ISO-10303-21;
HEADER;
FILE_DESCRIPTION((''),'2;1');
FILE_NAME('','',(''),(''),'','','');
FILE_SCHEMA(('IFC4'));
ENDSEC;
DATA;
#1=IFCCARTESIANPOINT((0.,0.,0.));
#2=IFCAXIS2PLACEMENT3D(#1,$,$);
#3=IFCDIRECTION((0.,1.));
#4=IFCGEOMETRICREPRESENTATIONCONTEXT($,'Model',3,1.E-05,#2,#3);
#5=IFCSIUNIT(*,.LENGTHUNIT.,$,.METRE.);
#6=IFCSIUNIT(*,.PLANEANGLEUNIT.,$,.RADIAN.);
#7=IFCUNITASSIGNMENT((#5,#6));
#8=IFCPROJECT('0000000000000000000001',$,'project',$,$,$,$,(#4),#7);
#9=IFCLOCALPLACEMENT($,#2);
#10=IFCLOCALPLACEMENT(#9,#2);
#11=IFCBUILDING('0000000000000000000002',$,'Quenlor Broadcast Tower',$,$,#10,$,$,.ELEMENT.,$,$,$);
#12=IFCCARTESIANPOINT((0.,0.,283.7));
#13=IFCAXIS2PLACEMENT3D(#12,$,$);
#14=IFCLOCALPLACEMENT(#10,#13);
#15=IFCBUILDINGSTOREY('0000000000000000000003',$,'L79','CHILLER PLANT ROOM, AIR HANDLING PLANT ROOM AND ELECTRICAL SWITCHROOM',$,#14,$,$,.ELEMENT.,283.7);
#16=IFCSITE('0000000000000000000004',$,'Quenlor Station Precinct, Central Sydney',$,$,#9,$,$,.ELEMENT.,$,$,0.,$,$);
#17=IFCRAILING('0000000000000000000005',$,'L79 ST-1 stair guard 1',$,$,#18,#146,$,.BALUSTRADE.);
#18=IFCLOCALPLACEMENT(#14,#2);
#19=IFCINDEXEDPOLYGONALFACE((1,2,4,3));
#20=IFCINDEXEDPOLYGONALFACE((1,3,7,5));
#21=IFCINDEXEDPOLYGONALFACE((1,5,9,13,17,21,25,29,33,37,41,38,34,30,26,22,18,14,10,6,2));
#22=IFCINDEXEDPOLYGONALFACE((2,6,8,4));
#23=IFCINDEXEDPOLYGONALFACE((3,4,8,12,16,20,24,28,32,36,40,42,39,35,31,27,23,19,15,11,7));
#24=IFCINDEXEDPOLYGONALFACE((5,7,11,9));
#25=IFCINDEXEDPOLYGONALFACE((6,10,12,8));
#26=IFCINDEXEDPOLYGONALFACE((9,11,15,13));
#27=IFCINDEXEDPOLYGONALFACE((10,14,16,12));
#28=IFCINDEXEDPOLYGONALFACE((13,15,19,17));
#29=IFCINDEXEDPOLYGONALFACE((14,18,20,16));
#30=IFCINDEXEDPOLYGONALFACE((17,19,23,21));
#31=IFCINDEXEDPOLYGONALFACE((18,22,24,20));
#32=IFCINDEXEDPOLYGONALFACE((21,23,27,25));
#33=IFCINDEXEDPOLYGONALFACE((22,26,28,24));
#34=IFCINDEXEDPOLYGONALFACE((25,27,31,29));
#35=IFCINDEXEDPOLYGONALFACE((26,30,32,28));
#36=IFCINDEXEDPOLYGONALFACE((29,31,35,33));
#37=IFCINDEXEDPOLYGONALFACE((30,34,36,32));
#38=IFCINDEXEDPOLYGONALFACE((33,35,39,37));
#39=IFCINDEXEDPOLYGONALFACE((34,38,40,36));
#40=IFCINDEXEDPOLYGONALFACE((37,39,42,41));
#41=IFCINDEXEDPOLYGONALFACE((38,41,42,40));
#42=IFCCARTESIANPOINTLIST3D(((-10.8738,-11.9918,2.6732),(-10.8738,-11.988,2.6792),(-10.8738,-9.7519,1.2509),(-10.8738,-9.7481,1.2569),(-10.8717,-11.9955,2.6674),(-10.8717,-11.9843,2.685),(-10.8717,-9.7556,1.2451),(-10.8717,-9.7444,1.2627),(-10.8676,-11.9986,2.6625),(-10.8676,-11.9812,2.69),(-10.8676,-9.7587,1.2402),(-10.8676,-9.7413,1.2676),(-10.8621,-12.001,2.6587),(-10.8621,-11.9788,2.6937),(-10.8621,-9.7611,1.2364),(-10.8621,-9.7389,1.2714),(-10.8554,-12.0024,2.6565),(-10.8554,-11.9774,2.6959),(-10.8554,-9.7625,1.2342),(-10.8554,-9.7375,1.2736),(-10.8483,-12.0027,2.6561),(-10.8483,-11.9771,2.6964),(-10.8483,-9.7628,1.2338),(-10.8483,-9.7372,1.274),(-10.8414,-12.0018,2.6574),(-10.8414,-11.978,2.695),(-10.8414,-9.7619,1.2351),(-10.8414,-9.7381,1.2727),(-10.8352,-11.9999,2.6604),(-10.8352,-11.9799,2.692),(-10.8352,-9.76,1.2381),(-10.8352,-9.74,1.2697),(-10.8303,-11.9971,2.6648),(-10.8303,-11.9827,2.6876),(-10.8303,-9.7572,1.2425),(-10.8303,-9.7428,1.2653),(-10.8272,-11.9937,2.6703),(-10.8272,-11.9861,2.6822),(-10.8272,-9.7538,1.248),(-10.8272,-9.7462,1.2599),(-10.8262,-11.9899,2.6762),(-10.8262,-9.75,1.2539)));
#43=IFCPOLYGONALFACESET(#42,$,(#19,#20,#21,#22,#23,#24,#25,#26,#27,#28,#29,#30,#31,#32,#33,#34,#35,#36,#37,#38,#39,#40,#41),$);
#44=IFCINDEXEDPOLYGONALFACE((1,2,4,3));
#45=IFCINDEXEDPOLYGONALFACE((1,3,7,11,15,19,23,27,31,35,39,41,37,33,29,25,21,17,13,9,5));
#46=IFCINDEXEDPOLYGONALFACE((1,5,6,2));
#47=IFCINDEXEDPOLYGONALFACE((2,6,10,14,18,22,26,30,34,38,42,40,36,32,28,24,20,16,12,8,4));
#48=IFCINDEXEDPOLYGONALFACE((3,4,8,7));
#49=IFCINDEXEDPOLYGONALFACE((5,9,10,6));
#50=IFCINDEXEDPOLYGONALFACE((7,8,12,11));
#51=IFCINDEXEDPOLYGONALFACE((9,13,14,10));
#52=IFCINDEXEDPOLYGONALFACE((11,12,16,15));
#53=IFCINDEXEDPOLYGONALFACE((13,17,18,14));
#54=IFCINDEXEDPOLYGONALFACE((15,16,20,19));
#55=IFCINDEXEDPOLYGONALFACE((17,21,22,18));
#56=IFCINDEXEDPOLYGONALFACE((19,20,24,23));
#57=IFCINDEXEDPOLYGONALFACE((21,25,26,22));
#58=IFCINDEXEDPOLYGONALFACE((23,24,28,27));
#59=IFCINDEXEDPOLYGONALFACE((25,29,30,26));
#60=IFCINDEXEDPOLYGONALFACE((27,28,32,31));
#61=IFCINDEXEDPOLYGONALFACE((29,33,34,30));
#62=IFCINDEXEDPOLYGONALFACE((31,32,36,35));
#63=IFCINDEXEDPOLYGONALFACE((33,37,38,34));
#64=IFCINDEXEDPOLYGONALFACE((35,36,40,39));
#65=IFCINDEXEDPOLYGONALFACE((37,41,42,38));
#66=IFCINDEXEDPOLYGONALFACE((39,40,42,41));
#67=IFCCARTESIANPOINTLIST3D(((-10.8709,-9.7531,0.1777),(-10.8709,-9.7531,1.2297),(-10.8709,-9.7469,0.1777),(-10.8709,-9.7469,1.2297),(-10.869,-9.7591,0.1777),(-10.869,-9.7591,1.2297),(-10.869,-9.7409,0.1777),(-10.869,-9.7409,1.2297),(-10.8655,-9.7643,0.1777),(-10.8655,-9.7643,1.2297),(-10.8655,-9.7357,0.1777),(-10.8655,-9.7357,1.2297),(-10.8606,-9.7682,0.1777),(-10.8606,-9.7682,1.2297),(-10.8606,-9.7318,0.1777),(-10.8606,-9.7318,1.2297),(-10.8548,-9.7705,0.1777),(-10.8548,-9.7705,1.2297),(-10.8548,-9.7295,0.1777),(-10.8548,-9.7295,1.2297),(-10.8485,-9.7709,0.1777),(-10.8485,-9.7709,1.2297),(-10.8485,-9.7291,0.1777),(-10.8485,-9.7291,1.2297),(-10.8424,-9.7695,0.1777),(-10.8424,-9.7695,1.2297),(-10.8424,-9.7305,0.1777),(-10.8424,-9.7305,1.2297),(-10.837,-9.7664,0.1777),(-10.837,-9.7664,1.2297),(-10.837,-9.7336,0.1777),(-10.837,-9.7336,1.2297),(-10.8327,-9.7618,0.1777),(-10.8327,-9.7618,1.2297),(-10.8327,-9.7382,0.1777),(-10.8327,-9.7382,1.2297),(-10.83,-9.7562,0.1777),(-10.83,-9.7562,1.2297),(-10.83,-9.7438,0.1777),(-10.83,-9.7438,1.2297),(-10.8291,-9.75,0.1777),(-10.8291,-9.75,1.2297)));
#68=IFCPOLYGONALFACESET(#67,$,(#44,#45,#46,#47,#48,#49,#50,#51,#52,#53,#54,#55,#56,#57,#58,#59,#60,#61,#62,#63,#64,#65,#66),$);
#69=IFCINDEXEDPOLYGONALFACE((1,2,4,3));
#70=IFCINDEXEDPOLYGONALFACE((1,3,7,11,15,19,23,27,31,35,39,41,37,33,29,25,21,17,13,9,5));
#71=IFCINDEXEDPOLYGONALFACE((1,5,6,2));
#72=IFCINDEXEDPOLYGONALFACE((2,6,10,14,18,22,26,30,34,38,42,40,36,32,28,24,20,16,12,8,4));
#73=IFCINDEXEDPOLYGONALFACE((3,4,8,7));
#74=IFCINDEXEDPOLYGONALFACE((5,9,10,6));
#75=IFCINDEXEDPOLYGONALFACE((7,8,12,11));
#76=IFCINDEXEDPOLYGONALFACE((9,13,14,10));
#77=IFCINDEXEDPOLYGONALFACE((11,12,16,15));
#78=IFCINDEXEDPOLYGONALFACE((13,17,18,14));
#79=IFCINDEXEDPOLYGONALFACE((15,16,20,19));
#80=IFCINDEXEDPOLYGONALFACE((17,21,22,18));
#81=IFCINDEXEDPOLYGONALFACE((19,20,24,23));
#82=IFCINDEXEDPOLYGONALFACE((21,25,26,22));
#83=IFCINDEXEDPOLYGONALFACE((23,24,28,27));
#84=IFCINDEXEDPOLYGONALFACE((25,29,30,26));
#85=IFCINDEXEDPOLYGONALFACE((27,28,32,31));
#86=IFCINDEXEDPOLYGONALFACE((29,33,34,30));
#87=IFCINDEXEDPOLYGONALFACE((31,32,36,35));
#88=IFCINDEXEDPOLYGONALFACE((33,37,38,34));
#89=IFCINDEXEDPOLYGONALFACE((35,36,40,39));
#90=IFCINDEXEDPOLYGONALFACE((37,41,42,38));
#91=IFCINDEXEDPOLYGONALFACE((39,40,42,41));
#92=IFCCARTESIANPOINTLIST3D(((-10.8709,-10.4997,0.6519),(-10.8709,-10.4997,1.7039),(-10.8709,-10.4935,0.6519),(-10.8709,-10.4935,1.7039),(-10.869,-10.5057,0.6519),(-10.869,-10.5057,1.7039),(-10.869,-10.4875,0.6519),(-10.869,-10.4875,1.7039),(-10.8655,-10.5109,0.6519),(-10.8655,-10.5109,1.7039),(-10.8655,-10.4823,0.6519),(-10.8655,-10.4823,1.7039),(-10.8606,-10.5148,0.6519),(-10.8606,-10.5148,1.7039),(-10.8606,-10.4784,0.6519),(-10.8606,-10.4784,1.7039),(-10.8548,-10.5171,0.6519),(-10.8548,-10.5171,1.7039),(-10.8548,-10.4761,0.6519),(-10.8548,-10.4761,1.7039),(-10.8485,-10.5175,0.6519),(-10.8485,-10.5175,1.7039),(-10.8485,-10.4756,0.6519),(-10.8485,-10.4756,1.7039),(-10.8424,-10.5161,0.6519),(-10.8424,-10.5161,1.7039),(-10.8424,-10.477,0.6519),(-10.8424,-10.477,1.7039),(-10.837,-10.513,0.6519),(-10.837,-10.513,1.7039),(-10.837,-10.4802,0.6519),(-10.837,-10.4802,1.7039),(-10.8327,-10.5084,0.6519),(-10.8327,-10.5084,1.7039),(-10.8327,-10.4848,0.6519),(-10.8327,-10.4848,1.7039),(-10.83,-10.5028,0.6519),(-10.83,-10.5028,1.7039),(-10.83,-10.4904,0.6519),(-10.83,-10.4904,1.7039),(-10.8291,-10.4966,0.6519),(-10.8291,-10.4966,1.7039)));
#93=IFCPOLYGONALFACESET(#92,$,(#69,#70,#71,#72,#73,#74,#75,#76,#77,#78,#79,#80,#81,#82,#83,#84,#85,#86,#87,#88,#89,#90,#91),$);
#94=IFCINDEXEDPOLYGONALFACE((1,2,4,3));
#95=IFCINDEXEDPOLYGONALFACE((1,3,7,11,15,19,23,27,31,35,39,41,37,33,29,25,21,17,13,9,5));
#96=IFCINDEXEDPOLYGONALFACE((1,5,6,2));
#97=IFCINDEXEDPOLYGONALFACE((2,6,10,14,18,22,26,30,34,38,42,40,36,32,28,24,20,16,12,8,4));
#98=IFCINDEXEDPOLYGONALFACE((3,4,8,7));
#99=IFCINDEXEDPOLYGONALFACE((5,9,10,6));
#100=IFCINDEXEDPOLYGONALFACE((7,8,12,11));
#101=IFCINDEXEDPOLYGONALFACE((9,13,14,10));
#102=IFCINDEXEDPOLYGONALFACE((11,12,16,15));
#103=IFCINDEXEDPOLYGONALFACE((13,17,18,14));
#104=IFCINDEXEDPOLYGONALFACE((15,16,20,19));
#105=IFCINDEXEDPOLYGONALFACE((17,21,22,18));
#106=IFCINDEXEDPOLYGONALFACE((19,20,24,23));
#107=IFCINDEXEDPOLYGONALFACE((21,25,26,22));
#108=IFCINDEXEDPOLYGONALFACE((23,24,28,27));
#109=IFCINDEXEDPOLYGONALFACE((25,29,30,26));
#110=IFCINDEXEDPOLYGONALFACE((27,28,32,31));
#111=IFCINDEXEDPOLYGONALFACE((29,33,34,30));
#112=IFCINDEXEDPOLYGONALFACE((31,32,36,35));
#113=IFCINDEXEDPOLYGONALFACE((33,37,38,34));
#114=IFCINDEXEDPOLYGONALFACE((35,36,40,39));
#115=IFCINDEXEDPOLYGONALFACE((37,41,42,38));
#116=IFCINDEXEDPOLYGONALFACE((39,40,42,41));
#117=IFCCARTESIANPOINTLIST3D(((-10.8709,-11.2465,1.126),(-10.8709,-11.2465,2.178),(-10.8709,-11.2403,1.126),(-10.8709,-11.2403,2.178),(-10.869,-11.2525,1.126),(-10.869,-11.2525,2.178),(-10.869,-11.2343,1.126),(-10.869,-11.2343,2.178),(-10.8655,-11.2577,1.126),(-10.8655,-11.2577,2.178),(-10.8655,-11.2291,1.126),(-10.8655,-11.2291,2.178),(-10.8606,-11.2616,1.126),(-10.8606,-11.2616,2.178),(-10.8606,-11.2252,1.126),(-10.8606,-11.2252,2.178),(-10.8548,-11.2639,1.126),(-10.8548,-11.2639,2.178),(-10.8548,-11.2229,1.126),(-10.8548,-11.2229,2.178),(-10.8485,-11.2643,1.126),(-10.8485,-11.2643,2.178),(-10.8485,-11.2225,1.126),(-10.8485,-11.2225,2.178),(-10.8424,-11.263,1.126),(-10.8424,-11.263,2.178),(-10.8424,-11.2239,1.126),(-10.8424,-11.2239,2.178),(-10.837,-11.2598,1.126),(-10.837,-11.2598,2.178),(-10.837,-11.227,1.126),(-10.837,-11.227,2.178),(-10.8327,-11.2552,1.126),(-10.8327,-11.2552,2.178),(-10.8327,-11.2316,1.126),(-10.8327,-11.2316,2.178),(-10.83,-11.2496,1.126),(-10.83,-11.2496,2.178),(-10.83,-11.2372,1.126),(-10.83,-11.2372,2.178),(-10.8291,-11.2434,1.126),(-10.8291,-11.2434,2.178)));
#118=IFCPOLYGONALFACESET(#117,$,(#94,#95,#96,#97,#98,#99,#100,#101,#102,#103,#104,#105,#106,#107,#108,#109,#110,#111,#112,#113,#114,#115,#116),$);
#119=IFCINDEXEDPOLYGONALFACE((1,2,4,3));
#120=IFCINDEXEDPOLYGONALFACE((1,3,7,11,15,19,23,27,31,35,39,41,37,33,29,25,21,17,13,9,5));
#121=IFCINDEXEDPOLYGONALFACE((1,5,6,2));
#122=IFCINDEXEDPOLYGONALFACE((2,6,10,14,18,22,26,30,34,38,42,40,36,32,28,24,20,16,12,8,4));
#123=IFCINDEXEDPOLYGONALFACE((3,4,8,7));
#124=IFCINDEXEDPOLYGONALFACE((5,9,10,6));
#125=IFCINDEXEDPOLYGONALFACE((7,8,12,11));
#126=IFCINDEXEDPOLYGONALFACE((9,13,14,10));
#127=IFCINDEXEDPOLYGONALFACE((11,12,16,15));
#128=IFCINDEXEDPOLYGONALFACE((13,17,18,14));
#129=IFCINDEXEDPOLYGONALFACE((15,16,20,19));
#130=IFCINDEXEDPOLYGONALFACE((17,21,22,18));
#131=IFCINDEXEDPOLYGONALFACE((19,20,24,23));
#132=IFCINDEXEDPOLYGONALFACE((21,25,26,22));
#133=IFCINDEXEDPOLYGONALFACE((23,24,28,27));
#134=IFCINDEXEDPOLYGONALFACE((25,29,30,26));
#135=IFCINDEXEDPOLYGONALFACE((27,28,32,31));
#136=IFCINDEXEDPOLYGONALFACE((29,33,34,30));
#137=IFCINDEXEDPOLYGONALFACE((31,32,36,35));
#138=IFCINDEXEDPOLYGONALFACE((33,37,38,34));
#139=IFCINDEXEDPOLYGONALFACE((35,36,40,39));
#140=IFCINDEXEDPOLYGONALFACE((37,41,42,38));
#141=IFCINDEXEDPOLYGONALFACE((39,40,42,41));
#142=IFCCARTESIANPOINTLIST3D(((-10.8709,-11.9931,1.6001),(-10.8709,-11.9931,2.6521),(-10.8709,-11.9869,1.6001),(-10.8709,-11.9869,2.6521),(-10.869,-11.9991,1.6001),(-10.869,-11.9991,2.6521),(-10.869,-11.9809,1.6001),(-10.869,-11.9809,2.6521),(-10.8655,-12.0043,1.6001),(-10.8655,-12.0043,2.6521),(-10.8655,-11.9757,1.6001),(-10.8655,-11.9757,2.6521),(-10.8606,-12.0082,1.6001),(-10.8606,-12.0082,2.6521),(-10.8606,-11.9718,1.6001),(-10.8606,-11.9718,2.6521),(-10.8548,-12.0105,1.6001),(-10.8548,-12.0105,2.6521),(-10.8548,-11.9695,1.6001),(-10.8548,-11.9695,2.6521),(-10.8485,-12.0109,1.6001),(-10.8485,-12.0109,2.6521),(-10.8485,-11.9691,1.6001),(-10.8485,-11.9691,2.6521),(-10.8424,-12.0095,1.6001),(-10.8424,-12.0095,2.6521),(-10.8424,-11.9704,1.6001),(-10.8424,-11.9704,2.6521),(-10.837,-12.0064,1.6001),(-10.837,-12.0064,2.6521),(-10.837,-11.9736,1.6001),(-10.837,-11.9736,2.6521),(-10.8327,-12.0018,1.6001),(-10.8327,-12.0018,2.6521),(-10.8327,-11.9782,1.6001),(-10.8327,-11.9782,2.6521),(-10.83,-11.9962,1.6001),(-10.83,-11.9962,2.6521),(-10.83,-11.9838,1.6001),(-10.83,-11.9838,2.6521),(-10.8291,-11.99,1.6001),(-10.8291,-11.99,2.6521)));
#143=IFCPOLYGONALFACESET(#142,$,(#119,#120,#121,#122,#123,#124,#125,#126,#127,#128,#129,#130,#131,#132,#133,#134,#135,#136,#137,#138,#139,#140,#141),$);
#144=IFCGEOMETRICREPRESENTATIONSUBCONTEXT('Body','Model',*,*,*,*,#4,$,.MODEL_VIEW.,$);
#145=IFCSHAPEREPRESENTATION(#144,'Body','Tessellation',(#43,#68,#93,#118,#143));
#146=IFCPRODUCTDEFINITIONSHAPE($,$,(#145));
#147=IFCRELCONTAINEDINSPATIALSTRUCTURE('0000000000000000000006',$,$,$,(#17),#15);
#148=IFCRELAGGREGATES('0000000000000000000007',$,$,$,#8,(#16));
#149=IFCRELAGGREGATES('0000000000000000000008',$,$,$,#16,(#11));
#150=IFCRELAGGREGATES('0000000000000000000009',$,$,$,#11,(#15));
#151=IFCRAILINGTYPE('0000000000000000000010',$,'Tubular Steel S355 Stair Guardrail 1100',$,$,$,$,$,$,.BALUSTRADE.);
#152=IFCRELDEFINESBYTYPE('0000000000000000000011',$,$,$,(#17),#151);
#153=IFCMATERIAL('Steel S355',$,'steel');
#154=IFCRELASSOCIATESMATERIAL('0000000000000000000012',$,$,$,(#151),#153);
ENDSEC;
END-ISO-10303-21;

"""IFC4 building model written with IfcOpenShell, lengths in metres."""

from ifc_helpers import new_model, si_unit, direction, frame, origin, origin_2d, place, context, subcontext, project, spatial, circle, extrude, material, type_object, element, save


model = new_model("IFC4")

# Units and contexts
model_context = context("Model", 3, precision=1e-05, world=origin(), true_north=direction((0.0, 1.0)))
body_context = subcontext(model_context, "Body", "Model", "MODEL_VIEW")
ifc_project = project(units=[si_unit("LENGTHUNIT", "METRE"), si_unit("PLANEANGLEUNIT", "RADIAN")], contexts=[model_context])

# Site, building, storey
site_placement = place(None, origin())
site = spatial("IfcSite", under=ifc_project, at=site_placement, Name="Quenlor Station Precinct, Central Sydney", CompositionType="ELEMENT", RefElevation=0.0)
building_placement = place(site_placement, origin())
building = spatial("IfcBuilding", under=site, at=building_placement, Name="Quenlor Broadcast Tower", CompositionType="ELEMENT")
storey_placement = place(building_placement, frame((0.0, 0.0, 283.7)))
storey = spatial("IfcBuildingStorey", under=building, at=storey_placement, Name="L79", Description="CHILLER PLANT ROOM, AIR HANDLING PLANT ROOM AND ELECTRICAL SWITCHROOM", CompositionType="ELEMENT", Elevation=283.7)

# Railing
ifc_material_1 = material(Name="Steel S355", Category="steel")
railing_type_1 = type_object("IfcRailingType", Name="Tubular Steel S355 Stair Guardrail 1100", PredefinedType="BALUSTRADE", material=ifc_material_1)
railing_1_placement = place(storey_placement, frame((-10.8501, -9.75, 0.1777)))
element("IfcRailing", 1, at=railing_1_placement, inside=storey, type_object=railing_type_1, Name="L79 ST-1 stair guard 1", PredefinedType="BALUSTRADE", context=body_context, shape_type="SweptSolid", body=[
    extrude(circle(Radius=0.0239, at=origin_2d()), frame((0.0, 0.0, 1.0762), z_axis=(0.0, -0.844188, 0.536048), x_axis=(1.0, 0.0, 0.0)), (0.0, 0.0, 1.0), 2.6533),
    extrude(circle(Radius=0.021, at=origin_2d()), origin(), (0.0, 0.0, 1.0), 1.052),
    extrude(circle(Radius=0.021, at=origin_2d()), frame((0.0, -0.7466, 0.4741)), (0.0, 0.0, 1.0), 1.052),
    extrude(circle(Radius=0.021, at=origin_2d()), frame((0.0, -1.4934, 0.9482)), (0.0, 0.0, 1.0), 1.052),
    extrude(circle(Radius=0.021, at=origin_2d()), frame((0.0, -2.24, 1.4224)), (0.0, 0.0, 1.0), 1.052),
])

save(model, "model.ifc")
